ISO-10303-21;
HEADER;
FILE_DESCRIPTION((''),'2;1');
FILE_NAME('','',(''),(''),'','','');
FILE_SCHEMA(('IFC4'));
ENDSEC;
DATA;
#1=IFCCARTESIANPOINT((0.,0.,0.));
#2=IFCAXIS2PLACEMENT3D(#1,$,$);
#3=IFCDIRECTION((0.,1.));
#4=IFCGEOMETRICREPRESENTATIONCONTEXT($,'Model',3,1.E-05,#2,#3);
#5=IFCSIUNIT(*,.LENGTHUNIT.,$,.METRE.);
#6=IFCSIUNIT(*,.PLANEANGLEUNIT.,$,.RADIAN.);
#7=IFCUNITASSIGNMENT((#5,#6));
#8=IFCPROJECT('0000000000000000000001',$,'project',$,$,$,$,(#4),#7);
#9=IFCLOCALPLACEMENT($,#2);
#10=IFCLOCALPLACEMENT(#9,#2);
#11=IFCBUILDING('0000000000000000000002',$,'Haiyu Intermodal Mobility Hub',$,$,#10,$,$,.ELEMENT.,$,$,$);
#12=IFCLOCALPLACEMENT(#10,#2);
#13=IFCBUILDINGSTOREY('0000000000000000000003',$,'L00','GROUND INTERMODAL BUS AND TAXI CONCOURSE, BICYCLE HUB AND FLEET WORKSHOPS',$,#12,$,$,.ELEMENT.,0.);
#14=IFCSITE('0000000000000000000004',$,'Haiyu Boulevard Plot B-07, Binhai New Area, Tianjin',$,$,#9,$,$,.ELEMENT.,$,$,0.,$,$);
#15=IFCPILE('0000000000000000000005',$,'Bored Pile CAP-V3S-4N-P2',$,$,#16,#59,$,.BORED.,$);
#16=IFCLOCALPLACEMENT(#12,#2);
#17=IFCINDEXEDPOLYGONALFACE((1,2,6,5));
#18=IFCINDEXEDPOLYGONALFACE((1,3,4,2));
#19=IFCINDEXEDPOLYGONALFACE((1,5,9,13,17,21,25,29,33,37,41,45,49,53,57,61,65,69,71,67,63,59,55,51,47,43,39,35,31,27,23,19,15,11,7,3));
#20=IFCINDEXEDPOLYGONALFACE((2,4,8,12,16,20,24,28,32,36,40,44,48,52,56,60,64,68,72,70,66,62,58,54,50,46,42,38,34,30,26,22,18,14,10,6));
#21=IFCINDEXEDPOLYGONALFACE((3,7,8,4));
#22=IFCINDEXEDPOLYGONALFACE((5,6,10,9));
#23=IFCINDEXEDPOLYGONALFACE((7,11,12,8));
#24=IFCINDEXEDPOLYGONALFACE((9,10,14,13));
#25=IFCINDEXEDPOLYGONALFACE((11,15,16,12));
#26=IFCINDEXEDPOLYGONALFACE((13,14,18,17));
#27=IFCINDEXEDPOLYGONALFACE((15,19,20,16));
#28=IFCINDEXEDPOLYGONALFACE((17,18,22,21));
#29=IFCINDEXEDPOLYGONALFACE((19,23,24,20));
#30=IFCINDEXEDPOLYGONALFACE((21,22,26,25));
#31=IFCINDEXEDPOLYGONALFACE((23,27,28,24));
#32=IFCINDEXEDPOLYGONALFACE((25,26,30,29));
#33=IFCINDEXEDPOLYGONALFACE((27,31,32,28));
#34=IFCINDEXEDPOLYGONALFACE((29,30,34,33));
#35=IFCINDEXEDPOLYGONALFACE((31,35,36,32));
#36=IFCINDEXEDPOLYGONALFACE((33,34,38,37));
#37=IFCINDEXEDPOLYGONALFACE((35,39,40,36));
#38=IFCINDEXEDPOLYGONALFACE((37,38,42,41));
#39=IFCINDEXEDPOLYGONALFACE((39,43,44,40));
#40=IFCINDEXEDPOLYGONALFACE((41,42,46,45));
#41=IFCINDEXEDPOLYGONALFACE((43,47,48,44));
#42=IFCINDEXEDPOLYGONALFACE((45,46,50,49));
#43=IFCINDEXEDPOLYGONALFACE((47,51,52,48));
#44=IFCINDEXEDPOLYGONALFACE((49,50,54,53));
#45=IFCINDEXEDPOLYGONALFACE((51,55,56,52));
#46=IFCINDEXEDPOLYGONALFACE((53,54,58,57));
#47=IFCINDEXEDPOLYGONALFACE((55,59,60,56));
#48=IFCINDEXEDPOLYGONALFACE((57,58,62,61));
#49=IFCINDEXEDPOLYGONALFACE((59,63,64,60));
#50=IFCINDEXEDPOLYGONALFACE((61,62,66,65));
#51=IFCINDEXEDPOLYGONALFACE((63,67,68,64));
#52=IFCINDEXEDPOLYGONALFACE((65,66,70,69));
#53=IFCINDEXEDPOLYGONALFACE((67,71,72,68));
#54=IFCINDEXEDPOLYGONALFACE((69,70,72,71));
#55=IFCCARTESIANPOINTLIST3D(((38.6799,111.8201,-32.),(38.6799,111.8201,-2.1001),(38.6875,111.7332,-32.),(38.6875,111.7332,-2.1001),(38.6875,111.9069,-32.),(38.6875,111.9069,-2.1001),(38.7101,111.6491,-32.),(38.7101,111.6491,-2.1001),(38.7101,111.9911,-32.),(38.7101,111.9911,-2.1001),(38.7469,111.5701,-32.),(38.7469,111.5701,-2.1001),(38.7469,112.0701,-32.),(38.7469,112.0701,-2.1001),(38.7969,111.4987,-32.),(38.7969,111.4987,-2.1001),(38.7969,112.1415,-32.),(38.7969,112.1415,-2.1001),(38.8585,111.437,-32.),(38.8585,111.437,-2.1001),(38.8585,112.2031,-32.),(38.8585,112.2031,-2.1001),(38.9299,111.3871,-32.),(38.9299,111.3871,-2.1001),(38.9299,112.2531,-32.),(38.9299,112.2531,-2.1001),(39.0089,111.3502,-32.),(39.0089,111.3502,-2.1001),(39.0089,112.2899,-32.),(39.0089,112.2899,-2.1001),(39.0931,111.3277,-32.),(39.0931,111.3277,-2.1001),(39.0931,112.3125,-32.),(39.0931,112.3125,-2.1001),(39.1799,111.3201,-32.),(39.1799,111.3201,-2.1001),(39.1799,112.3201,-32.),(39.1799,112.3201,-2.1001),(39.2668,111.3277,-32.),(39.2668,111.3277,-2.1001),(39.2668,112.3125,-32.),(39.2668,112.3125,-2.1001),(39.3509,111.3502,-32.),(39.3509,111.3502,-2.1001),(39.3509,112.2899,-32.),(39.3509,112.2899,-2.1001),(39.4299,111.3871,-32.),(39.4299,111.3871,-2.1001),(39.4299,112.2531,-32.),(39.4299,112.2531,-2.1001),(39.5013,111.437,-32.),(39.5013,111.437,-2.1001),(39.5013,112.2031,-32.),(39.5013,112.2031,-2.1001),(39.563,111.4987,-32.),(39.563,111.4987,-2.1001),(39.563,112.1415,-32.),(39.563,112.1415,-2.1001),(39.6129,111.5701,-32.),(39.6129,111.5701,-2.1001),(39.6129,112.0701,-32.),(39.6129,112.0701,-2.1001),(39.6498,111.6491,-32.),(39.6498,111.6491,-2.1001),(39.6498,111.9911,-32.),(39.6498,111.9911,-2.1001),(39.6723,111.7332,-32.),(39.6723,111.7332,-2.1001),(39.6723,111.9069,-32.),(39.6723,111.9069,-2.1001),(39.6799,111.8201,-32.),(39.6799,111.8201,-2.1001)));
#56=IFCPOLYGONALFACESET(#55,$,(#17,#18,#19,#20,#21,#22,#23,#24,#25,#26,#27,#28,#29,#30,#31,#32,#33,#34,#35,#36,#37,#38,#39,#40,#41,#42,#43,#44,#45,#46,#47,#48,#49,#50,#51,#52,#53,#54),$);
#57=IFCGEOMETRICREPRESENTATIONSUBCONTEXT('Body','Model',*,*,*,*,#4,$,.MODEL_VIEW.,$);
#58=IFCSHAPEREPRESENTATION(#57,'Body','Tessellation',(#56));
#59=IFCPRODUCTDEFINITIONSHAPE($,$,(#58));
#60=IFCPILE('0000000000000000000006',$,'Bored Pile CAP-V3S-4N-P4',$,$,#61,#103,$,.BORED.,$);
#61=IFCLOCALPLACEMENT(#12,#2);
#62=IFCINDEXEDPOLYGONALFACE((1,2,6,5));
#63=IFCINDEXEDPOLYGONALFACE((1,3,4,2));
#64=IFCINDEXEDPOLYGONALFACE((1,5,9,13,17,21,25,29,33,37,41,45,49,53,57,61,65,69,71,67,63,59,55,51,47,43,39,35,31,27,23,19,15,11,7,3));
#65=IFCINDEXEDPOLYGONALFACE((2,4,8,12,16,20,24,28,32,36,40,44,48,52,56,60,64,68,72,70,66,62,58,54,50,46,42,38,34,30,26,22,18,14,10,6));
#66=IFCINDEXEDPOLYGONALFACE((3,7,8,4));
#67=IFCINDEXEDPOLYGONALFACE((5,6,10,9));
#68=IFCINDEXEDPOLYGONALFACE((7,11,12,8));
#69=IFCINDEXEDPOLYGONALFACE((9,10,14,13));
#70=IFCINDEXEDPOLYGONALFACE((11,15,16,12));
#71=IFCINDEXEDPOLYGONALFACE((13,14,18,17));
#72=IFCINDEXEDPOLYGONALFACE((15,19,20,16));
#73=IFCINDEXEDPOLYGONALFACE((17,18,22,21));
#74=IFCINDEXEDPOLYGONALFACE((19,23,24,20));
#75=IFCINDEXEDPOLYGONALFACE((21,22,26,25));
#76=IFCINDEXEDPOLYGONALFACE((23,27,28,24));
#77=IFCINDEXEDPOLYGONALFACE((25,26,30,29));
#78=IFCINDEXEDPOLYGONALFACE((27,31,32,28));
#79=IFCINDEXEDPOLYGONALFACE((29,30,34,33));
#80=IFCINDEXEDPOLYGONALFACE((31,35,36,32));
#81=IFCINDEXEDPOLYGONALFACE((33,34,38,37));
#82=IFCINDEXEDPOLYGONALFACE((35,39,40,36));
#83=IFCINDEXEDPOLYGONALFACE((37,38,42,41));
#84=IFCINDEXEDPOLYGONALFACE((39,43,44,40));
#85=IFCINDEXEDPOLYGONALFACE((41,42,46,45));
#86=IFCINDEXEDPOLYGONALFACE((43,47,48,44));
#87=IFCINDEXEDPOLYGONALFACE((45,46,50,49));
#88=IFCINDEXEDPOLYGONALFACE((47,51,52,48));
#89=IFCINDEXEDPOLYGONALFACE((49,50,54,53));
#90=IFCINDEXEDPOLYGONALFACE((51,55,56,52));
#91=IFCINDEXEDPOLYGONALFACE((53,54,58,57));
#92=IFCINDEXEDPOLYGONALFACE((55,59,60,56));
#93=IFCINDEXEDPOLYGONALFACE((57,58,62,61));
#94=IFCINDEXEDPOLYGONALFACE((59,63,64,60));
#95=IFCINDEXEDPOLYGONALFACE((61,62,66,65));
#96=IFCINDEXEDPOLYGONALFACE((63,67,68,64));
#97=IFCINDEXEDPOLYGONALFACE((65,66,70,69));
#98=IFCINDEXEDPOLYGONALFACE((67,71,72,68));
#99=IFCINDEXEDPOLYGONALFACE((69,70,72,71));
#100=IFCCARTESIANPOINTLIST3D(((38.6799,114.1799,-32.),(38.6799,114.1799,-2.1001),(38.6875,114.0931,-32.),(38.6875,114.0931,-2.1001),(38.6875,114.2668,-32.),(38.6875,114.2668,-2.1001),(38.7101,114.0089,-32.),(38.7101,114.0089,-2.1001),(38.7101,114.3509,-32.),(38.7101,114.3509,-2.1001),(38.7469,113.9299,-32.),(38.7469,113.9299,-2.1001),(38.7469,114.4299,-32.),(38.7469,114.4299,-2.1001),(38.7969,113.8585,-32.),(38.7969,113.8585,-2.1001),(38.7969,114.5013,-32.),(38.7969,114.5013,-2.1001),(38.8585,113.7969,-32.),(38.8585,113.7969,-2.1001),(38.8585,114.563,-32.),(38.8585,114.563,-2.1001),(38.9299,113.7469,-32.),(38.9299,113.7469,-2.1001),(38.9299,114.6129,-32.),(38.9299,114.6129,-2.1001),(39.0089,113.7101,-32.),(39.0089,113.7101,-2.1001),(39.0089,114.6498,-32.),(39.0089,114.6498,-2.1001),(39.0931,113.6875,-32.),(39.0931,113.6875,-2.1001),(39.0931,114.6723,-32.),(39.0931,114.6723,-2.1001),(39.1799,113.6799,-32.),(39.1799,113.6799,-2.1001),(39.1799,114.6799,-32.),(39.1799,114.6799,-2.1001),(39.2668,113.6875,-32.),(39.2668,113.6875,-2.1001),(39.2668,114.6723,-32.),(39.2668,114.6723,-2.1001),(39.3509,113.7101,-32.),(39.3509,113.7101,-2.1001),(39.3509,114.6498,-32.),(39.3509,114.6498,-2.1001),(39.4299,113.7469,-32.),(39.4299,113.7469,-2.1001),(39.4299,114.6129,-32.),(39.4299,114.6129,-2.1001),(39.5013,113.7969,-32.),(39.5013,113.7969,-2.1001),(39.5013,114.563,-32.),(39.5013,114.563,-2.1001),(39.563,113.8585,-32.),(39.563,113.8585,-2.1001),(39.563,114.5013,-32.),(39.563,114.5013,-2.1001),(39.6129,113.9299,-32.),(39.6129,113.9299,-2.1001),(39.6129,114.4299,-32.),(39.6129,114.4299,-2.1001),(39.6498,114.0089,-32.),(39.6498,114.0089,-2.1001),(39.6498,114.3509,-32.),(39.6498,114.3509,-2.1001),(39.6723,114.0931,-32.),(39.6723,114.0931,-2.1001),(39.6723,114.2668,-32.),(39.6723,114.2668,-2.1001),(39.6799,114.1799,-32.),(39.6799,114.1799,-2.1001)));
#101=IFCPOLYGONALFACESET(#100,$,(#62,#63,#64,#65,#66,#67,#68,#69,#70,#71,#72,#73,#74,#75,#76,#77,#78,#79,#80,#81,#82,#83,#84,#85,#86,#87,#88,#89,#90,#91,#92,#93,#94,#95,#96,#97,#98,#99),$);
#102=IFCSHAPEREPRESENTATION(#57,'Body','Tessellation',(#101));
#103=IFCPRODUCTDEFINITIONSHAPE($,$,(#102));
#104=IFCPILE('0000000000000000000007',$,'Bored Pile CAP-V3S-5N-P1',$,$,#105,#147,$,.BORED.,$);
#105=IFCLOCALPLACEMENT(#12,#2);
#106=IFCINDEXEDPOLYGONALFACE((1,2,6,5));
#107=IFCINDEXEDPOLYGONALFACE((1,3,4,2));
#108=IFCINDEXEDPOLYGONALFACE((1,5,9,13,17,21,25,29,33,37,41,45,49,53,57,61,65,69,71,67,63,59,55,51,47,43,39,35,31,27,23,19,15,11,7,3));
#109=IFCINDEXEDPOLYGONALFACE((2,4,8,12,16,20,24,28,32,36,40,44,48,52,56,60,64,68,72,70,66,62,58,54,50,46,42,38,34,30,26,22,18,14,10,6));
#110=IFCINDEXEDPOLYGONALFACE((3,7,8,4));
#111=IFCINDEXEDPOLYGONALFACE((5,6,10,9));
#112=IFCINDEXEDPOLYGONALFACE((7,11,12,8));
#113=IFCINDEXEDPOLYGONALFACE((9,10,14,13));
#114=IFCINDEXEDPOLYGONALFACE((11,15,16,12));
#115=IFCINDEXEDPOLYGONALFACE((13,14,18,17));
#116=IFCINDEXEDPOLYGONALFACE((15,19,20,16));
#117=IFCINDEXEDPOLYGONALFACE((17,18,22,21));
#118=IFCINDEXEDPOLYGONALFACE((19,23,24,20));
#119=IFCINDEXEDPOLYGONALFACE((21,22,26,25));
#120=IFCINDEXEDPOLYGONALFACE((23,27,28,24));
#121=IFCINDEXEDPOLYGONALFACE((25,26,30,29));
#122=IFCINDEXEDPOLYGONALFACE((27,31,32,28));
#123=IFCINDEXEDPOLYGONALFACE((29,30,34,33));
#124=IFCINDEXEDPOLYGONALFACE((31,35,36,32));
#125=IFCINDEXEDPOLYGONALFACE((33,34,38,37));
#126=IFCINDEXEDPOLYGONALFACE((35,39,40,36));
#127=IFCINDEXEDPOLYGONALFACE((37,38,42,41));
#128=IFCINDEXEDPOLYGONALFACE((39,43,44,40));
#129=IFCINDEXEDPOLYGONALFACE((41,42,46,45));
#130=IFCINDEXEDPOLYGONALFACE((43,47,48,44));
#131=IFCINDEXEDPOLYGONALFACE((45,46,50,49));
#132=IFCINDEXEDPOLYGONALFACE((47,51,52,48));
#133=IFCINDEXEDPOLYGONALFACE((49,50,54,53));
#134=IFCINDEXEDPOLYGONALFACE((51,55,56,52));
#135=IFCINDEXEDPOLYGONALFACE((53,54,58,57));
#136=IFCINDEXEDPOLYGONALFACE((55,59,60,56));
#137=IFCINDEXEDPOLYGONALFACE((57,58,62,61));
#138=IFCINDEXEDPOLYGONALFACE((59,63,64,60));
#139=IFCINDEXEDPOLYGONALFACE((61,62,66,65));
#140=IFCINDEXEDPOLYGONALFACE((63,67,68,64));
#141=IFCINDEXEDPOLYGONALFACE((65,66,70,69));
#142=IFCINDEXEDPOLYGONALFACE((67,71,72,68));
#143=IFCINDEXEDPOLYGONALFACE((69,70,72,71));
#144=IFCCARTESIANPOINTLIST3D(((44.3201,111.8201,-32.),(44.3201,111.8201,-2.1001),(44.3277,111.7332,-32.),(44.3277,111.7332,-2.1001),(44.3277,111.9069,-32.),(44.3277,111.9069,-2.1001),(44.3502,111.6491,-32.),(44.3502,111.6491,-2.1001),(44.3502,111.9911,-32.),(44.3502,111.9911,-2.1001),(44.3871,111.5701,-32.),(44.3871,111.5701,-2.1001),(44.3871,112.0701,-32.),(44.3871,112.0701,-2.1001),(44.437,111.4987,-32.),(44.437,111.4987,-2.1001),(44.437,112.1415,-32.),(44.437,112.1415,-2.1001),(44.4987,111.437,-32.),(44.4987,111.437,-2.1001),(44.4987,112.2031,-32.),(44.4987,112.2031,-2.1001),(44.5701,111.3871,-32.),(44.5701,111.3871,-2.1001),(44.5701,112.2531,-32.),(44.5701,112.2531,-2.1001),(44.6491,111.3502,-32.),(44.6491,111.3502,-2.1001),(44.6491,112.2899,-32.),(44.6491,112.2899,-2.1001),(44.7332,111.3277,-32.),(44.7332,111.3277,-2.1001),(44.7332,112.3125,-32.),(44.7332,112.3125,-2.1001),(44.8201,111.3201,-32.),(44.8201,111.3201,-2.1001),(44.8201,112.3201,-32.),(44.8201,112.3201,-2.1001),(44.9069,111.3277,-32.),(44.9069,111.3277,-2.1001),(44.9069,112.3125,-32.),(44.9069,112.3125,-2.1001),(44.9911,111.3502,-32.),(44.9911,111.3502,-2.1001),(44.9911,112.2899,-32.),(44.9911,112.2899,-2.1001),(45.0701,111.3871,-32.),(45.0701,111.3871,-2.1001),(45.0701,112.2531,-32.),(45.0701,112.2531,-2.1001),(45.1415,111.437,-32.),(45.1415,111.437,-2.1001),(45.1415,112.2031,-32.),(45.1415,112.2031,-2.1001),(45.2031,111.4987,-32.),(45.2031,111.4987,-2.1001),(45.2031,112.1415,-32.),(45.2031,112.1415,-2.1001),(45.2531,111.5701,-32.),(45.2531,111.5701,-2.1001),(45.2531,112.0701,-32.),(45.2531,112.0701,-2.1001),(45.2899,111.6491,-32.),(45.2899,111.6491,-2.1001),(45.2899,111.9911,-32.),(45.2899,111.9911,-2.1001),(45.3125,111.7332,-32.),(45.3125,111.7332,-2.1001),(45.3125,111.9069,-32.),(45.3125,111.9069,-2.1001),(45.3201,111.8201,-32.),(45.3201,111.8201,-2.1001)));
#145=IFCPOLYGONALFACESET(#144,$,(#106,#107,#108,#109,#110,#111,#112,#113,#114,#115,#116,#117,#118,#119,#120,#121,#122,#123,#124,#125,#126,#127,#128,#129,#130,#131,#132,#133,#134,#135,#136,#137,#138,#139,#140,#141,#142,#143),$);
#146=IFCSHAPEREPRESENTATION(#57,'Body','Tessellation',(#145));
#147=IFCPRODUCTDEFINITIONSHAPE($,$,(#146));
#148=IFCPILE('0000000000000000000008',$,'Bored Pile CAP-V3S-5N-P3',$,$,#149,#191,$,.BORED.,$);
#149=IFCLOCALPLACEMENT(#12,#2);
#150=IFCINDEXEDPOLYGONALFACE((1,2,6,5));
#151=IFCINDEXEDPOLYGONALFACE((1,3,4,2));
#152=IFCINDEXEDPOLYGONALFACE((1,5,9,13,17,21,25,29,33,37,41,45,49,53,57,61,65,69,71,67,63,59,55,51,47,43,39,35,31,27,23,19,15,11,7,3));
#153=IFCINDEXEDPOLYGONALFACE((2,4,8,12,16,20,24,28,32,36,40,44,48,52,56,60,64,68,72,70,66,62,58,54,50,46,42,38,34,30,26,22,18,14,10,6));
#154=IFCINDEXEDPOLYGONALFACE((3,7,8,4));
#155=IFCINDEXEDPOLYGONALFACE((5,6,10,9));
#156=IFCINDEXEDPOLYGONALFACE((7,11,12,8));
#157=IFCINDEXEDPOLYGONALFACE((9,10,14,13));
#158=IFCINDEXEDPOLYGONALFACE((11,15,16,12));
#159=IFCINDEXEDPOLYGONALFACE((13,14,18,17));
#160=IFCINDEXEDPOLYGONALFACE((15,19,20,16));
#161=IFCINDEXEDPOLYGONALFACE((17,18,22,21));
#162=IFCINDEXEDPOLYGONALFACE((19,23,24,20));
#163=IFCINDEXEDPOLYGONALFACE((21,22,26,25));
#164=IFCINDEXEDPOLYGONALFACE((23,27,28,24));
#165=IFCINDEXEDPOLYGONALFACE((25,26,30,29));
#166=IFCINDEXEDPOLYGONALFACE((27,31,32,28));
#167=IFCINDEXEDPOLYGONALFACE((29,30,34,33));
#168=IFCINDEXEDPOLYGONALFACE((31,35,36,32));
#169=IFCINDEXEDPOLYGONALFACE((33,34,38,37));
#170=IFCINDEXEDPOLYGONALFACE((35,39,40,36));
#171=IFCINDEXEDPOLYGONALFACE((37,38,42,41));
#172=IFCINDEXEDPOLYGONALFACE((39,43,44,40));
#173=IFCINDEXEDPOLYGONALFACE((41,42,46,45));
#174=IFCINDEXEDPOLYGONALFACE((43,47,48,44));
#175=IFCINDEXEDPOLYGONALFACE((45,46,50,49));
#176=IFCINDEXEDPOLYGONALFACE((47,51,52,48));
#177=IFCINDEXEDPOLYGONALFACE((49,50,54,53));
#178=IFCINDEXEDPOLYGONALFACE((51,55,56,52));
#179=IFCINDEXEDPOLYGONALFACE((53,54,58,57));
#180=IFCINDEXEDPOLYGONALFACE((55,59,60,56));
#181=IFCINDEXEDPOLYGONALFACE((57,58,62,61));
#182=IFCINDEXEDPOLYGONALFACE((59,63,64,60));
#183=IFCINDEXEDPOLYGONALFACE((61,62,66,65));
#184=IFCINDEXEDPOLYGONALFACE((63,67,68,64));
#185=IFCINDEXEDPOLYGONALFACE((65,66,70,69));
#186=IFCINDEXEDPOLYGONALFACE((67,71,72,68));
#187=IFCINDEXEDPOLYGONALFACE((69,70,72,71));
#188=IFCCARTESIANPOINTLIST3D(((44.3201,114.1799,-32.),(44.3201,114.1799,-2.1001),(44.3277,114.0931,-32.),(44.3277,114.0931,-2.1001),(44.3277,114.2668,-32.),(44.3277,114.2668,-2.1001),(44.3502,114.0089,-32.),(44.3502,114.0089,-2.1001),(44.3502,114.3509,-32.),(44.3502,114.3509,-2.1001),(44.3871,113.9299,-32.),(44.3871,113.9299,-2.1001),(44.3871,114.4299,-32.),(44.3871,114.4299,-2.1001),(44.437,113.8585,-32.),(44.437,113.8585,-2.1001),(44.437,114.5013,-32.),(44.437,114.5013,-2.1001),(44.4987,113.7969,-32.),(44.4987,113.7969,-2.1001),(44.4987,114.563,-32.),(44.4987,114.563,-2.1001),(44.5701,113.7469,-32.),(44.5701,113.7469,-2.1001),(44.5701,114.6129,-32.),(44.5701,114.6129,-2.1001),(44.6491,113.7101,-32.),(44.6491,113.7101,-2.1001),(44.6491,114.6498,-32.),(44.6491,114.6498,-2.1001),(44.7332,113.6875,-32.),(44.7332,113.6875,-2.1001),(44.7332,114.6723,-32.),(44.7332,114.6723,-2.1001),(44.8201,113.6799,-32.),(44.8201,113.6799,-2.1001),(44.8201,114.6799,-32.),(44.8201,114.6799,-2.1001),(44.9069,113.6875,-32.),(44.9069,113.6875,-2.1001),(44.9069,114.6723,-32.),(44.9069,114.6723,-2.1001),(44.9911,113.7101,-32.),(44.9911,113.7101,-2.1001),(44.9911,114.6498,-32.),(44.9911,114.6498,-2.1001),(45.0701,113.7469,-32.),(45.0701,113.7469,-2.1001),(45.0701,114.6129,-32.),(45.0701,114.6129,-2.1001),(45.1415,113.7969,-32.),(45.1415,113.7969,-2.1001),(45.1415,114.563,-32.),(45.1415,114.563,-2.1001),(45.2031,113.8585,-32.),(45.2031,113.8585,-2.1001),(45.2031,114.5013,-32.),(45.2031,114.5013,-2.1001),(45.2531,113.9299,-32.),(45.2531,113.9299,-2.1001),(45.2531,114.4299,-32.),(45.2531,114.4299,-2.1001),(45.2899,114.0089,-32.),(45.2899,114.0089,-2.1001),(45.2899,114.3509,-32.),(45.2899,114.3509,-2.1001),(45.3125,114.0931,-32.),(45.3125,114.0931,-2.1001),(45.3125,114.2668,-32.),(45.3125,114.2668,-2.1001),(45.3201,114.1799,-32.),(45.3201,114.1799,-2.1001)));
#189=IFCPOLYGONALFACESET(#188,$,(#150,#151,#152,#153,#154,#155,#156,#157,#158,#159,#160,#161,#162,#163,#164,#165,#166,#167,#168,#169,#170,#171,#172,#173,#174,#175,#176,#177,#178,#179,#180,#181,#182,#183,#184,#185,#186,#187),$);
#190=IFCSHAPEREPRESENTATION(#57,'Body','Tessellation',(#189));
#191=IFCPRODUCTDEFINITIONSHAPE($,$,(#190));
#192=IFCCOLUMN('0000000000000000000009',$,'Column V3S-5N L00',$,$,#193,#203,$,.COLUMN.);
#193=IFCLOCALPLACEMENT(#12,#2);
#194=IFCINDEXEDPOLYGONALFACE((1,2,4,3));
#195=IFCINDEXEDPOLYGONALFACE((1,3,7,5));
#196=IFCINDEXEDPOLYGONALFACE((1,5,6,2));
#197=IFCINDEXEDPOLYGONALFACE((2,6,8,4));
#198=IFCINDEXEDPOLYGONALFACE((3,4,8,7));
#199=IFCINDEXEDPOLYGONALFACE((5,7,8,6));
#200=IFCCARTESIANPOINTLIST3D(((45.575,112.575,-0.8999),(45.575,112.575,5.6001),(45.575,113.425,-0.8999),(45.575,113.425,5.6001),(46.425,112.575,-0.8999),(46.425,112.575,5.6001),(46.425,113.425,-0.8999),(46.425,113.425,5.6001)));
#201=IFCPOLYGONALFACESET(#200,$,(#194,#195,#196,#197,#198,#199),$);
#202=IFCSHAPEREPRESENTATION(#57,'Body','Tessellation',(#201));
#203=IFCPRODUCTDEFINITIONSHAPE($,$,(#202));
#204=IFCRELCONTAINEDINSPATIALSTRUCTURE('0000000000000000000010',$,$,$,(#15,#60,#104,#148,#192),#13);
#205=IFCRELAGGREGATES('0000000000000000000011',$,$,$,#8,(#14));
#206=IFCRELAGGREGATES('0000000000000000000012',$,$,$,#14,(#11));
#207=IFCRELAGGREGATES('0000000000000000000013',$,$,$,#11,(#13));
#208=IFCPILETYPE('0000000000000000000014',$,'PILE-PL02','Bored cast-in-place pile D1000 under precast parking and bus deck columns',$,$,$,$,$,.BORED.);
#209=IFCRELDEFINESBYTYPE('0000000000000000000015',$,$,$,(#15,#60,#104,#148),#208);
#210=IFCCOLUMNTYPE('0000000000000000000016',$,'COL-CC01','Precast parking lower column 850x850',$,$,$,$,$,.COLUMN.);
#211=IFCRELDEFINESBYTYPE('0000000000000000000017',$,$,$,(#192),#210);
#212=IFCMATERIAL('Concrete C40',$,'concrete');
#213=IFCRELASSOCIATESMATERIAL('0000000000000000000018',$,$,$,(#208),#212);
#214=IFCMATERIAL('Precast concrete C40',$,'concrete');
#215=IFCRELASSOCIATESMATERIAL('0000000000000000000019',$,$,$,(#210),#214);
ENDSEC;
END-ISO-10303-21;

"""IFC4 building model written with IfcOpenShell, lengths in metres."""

from ifc_helpers import new_model, si_unit, direction, frame, origin, origin_2d, place, context, subcontext, project, spatial, rectangle, circle, extrude, material, material_profile, profile_set, type_object, element, save


model = new_model("IFC4")

# Units and contexts
model_context = context("Model", 3, precision=1e-05, world=origin(), true_north=direction((0.0, 1.0)))
body_context = subcontext(model_context, "Body", "Model", "MODEL_VIEW")
ifc_project = project(units=[si_unit("LENGTHUNIT", "METRE"), si_unit("PLANEANGLEUNIT", "RADIAN")], contexts=[model_context])

# Site, building, storey
site_placement = place(None, origin())
site = spatial("IfcSite", under=ifc_project, at=site_placement, Name="Haiyu Boulevard Plot B-07, Binhai New Area, Tianjin", CompositionType="ELEMENT", RefElevation=0.0)
building_placement = place(site_placement, origin())
building = spatial("IfcBuilding", under=site, at=building_placement, Name="Haiyu Intermodal Mobility Hub", CompositionType="ELEMENT")
storey_placement = place(building_placement, origin())
storey = spatial("IfcBuildingStorey", under=building, at=storey_placement, Name="L00", Description="GROUND INTERMODAL BUS AND TAXI CONCOURSE, BICYCLE HUB AND FLEET WORKSHOPS", CompositionType="ELEMENT", Elevation=0.0)

# Shared definitions
ifc_material_1 = material(Name="Concrete C40", Category="concrete")

# Piles
ifc_material_profile_1 = material_profile(ifc_material_1, circle(Radius=0.5, at=origin_2d()), Name="PILE-D1000")
ifc_profile_set_1 = profile_set([ifc_material_profile_1], Name="Concrete C40")
pile_type = type_object("IfcPileType", Name="PILE-PL02", Description="Bored cast-in-place pile D1000 under precast parking and bus deck columns", PredefinedType="BORED", material=ifc_profile_set_1)
for number, where, z_axis, x_axis, name in (
    (1, (39.1799, 111.8201, -2.1001), (0.0, 0.0, -1.0), (1.0, 0.0, 0.0), "Bored Pile CAP-V3S-4N-P2"),
    (2, (39.1799, 114.1799, -2.1001), (0.0, 0.0, -1.0), (1.0, 0.0, 0.0), "Bored Pile CAP-V3S-4N-P4"),
    (3, (44.8201, 111.8201, -2.1001), (0.0, 0.0, -1.0), (1.0, 0.0, 0.0), "Bored Pile CAP-V3S-5N-P1"),
    (4, (44.8201, 114.1799, -2.1001), (0.0, 0.0, -1.0), (1.0, 0.0, 0.0), "Bored Pile CAP-V3S-5N-P3"),
):
    element("IfcPile", number, at=place(storey_placement, frame(where, z_axis=z_axis, x_axis=x_axis)), inside=storey, type_object=pile_type, Name=name, PredefinedType="BORED", context=body_context, shape_type="SweptSolid", body=[
        extrude(circle(Radius=0.5, at=origin_2d()), origin(), (0.0, 0.0, 1.0), 29.8999),
    ])

# Column
ifc_material_2 = material(Name="Precast concrete C40", Category="concrete")
ifc_material_profile_2 = material_profile(ifc_material_2, rectangle(XDim=0.8501, YDim=0.8501, at=origin_2d()), Name="RC850x850")
ifc_profile_set_2 = profile_set([ifc_material_profile_2], Name="Precast concrete C40")
column_type_1 = type_object("IfcColumnType", Name="COL-CC01", Description="Precast parking lower column 850x850", PredefinedType="COLUMN", material=ifc_profile_set_2)
column_1_placement = place(storey_placement, frame((46.0, 113.0, -0.8999), z_axis=(0.0, 0.0, 1.0), x_axis=(1.0, 0.0, 0.0)))
element("IfcColumn", 5, at=column_1_placement, inside=storey, type_object=column_type_1, Name="Column V3S-5N L00", PredefinedType="COLUMN", context=body_context, shape_type="SweptSolid", body=[
    extrude(rectangle(XDim=0.8501, YDim=0.8501, at=origin_2d()), origin(), (0.0, 0.0, 1.0), 6.5),
])

save(model, "model.ifc")
